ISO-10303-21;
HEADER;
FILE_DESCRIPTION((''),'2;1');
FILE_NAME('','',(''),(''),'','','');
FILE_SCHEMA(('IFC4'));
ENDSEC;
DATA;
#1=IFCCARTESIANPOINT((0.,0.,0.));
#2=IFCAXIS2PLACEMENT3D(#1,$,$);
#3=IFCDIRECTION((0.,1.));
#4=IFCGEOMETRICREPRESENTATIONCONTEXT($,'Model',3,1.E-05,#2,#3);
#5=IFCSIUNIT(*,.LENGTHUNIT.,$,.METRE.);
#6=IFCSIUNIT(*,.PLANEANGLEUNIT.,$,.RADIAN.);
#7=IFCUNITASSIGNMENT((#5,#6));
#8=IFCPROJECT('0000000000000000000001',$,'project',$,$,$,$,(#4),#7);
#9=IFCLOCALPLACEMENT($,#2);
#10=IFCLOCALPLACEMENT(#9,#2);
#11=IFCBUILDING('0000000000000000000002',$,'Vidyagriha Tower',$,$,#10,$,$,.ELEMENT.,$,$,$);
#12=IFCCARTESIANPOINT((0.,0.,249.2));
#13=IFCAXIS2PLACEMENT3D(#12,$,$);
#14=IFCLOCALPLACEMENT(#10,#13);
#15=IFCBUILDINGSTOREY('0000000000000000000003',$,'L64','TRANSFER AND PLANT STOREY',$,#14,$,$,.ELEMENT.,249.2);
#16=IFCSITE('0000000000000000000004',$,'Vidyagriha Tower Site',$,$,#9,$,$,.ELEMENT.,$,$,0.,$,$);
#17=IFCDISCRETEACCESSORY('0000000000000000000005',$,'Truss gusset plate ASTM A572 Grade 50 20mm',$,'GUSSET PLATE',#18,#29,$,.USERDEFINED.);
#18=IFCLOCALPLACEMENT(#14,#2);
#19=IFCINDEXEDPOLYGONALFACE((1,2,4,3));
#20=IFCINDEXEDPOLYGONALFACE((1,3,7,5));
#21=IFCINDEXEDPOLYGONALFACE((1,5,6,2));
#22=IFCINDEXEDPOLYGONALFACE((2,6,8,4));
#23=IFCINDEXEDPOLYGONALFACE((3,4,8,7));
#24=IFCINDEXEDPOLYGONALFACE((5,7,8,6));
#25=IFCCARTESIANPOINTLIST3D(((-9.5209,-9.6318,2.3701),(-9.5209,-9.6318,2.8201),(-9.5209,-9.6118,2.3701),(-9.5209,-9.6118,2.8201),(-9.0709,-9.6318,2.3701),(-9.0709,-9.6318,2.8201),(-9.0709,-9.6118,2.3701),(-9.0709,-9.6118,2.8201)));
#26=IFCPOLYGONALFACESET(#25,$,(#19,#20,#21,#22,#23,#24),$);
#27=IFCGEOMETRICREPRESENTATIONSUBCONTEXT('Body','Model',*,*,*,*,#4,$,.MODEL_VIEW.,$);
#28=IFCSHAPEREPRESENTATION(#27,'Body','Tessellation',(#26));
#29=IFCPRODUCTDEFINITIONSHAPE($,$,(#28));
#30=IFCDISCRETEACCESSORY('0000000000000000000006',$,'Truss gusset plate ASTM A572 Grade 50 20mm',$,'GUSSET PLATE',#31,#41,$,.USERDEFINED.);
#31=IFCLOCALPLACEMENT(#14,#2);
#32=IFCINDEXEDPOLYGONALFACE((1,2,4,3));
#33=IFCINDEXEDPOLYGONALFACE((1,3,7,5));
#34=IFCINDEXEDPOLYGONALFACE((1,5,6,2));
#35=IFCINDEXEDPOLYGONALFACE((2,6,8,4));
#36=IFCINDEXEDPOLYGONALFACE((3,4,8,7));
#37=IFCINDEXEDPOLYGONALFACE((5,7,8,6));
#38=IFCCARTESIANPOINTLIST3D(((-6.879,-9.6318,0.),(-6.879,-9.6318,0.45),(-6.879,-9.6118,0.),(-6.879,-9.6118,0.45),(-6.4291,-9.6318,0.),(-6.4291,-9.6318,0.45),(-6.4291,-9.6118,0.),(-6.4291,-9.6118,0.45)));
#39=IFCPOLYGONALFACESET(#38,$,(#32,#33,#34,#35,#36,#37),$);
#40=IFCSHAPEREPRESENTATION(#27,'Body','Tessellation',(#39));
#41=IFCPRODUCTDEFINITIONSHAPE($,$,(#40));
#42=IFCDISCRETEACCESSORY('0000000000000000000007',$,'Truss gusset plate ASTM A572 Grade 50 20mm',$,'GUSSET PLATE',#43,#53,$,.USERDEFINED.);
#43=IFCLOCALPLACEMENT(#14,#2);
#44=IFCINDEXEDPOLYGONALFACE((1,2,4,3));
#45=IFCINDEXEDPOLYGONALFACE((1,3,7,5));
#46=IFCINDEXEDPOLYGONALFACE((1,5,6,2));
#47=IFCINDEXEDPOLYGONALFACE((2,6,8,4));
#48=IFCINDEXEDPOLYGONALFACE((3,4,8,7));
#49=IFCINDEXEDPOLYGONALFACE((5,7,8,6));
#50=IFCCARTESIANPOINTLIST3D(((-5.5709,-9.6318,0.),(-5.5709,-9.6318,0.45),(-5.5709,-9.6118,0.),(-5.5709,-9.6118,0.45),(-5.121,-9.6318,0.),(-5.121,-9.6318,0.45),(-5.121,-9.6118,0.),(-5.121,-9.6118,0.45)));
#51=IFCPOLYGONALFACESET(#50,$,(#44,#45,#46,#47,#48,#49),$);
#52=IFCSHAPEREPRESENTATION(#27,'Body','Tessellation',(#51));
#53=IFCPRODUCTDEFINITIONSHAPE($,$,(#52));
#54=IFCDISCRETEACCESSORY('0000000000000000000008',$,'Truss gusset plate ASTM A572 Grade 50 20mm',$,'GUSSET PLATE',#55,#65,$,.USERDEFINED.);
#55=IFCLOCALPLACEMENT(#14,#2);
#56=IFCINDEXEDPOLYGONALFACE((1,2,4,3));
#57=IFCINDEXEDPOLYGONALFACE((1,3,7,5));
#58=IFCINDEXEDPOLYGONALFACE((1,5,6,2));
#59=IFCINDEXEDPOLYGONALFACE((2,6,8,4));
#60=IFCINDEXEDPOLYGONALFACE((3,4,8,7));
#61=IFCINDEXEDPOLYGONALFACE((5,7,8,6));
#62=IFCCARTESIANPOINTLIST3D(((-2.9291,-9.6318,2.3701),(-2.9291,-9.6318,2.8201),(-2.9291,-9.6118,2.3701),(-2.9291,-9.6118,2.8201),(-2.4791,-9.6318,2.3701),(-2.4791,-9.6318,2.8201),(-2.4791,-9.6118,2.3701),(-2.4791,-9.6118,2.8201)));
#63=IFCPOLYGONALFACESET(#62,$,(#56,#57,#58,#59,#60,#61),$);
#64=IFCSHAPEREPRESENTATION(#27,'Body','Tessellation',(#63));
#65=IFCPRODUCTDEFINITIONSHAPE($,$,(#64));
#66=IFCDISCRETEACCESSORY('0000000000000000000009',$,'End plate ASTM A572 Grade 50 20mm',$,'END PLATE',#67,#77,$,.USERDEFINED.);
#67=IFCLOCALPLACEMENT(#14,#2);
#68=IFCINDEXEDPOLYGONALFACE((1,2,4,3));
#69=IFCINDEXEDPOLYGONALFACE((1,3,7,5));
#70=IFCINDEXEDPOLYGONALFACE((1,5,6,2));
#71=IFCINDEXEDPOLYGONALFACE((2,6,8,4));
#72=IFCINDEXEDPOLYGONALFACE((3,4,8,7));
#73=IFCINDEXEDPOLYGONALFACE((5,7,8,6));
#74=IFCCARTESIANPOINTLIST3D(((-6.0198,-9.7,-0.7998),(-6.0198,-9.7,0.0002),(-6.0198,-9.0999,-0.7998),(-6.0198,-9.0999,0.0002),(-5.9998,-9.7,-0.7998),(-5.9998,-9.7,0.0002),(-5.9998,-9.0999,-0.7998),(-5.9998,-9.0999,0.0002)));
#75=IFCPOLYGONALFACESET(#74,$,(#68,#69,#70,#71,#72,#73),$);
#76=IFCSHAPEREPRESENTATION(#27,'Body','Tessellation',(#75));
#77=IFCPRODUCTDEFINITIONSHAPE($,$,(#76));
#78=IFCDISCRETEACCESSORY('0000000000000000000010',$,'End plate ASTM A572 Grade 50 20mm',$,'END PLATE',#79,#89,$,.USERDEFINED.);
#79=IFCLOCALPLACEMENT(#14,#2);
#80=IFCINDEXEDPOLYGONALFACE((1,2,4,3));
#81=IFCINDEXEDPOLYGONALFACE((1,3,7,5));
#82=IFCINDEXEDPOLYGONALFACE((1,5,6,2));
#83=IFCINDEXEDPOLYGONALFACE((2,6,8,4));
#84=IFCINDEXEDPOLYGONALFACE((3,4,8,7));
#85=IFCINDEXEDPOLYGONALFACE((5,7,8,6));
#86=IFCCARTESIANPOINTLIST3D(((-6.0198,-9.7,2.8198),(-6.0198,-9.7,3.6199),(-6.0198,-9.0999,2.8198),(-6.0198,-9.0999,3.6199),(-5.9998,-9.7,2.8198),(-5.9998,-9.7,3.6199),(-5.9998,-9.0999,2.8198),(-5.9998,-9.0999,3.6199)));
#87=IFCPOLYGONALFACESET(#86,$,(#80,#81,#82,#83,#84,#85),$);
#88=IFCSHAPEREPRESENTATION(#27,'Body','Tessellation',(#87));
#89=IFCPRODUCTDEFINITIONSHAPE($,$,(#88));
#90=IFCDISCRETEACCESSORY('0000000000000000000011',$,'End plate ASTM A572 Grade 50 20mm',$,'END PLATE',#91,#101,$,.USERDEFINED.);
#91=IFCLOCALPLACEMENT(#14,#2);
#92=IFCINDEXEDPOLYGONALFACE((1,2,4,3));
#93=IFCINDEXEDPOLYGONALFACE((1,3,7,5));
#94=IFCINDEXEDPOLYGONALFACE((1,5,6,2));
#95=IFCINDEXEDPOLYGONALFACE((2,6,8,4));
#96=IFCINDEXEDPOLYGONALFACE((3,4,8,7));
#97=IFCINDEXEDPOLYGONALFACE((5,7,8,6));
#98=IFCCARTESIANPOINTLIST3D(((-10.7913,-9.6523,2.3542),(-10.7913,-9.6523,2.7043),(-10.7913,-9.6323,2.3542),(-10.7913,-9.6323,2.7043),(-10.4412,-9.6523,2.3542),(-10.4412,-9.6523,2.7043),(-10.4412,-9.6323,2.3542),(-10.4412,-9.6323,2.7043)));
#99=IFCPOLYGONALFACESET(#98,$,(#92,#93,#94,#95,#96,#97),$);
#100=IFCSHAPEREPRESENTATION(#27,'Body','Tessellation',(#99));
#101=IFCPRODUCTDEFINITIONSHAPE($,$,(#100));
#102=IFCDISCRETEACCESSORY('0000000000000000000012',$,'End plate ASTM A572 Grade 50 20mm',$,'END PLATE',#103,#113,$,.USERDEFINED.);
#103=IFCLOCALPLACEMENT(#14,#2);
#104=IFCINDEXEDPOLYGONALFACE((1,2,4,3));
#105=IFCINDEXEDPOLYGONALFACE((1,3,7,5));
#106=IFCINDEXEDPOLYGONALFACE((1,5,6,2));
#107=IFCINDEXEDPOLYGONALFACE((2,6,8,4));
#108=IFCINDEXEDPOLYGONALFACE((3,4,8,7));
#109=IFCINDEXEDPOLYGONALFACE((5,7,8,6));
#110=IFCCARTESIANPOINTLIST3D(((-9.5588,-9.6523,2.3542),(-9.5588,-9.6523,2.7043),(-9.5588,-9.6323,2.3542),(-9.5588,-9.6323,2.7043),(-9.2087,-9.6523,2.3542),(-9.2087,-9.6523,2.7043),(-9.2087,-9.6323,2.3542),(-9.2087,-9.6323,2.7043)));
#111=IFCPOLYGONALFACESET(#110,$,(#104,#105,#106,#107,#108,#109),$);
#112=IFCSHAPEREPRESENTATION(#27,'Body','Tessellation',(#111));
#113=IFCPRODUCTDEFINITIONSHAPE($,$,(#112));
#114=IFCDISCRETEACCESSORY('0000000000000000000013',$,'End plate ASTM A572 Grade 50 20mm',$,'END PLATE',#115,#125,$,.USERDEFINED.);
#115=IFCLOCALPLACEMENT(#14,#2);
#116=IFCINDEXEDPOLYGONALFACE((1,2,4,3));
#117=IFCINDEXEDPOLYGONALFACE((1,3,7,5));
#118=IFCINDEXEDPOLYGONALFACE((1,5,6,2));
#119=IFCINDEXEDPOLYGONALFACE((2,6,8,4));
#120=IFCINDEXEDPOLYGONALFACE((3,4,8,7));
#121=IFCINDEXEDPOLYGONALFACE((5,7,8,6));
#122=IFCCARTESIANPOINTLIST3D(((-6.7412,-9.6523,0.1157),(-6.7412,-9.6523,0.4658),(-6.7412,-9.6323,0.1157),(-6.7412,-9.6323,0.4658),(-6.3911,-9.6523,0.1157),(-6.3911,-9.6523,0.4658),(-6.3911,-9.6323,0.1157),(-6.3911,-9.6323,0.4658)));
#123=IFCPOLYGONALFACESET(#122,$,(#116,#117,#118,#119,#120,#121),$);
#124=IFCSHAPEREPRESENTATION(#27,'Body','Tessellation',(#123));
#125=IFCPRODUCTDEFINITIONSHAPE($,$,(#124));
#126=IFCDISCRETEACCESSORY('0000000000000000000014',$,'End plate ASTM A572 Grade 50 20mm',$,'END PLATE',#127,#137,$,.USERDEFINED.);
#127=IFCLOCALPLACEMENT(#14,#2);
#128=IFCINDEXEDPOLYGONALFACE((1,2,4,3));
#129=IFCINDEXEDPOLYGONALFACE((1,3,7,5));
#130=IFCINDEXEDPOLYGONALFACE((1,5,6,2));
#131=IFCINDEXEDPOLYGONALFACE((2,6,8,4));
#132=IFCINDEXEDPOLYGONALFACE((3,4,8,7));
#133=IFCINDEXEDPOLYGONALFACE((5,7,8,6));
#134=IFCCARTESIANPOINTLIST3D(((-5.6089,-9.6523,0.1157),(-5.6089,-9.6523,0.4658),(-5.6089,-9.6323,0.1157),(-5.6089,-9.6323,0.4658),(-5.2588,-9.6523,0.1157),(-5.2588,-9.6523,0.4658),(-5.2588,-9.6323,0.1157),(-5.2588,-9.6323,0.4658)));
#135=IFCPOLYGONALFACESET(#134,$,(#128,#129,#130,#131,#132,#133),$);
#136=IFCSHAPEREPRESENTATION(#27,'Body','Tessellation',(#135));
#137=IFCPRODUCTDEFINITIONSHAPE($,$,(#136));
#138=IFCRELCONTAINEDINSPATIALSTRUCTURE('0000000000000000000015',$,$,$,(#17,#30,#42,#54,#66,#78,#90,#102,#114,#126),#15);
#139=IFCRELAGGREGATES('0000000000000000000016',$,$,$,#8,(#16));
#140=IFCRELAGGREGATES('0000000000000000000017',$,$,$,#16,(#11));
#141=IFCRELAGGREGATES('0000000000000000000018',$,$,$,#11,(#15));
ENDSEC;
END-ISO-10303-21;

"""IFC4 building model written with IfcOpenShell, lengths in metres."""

from ifc_helpers import new_model, si_unit, direction, frame, origin, origin_2d, place, context, subcontext, project, spatial, rectangle, extrude, element, save


model = new_model("IFC4")

# Units and contexts
model_context = context("Model", 3, precision=1e-05, world=origin(), true_north=direction((0.0, 1.0)))
body_context = subcontext(model_context, "Body", "Model", "MODEL_VIEW")
ifc_project = project(units=[si_unit("LENGTHUNIT", "METRE"), si_unit("PLANEANGLEUNIT", "RADIAN")], contexts=[model_context])

# Site, building, storey
site_placement = place(None, origin())
site = spatial("IfcSite", under=ifc_project, at=site_placement, Name="Vidyagriha Tower Site", CompositionType="ELEMENT", RefElevation=0.0)
building_placement = place(site_placement, origin())
building = spatial("IfcBuilding", under=site, at=building_placement, Name="Vidyagriha Tower", CompositionType="ELEMENT")
storey_placement = place(building_placement, frame((0.0, 0.0, 249.2)))
storey = spatial("IfcBuildingStorey", under=building, at=storey_placement, Name="L64", Description="TRANSFER AND PLANT STOREY", CompositionType="ELEMENT", Elevation=249.2)

# Discrete accessories
for number, where, name in (
    (1, (-9.2959, -9.6218, 2.3701), "Truss gusset plate ASTM A572 Grade 50 20mm"),
    (2, (-6.6541, -9.6218, 0.0), "Truss gusset plate ASTM A572 Grade 50 20mm"),
    (3, (-5.3459, -9.6218, 0.0), "Truss gusset plate ASTM A572 Grade 50 20mm"),
    (4, (-2.7041, -9.6218, 2.3701), "Truss gusset plate ASTM A572 Grade 50 20mm"),
):
    element("IfcDiscreteAccessory", number, at=place(storey_placement, frame(where)), inside=storey, Name=name, ObjectType="GUSSET PLATE", PredefinedType="USERDEFINED", context=body_context, shape_type="SweptSolid", body=[
        extrude(rectangle(XDim=0.45, YDim=0.02, at=origin_2d()), origin(), (0.0, 0.0, 1.0), 0.45),
    ])
for number, where, name in (
    (5, (-6.0098, -9.3999, -0.7998), "End plate ASTM A572 Grade 50 20mm"),
    (6, (-6.0098, -9.3999, 2.8198), "End plate ASTM A572 Grade 50 20mm"),
):
    element("IfcDiscreteAccessory", number, at=place(storey_placement, frame(where)), inside=storey, Name=name, ObjectType="END PLATE", PredefinedType="USERDEFINED", context=body_context, shape_type="SweptSolid", body=[
        extrude(rectangle(XDim=0.02, YDim=0.6001, at=origin_2d()), origin(), (0.0, 0.0, 1.0), 0.8),
    ])
discrete_accessory_1_placement = place(storey_placement, frame((-10.6162, -9.6423, 2.3542)))
element("IfcDiscreteAccessory", 7, at=discrete_accessory_1_placement, inside=storey, Name="End plate ASTM A572 Grade 50 20mm", ObjectType="END PLATE", PredefinedType="USERDEFINED", context=body_context, shape_type="SweptSolid", body=[
    extrude(rectangle(XDim=0.3501, YDim=0.02, at=origin_2d()), origin(), (0.0, 0.0, 1.0), 0.3501),
])
discrete_accessory_2_placement = place(storey_placement, frame((-9.3838, -9.6423, 2.3542), z_axis=(0.0, 0.0, 1.0), x_axis=(-1.0, 0.0, 0.0)))
element("IfcDiscreteAccessory", 8, at=discrete_accessory_2_placement, inside=storey, Name="End plate ASTM A572 Grade 50 20mm", ObjectType="END PLATE", PredefinedType="USERDEFINED", context=body_context, shape_type="SweptSolid", body=[
    extrude(rectangle(XDim=0.3501, YDim=0.02, at=origin_2d()), origin(), (0.0, 0.0, 1.0), 0.3501),
])
discrete_accessory_3_placement = place(storey_placement, frame((-6.5662, -9.6423, 0.1157)))
element("IfcDiscreteAccessory", 9, at=discrete_accessory_3_placement, inside=storey, Name="End plate ASTM A572 Grade 50 20mm", ObjectType="END PLATE", PredefinedType="USERDEFINED", context=body_context, shape_type="SweptSolid", body=[
    extrude(rectangle(XDim=0.3501, YDim=0.02, at=origin_2d()), origin(), (0.0, 0.0, 1.0), 0.3501),
])
discrete_accessory_4_placement = place(storey_placement, frame((-5.4338, -9.6423, 0.1157), z_axis=(0.0, 0.0, 1.0), x_axis=(-1.0, 0.0, 0.0)))
element("IfcDiscreteAccessory", 10, at=discrete_accessory_4_placement, inside=storey, Name="End plate ASTM A572 Grade 50 20mm", ObjectType="END PLATE", PredefinedType="USERDEFINED", context=body_context, shape_type="SweptSolid", body=[
    extrude(rectangle(XDim=0.3501, YDim=0.02, at=origin_2d()), origin(), (0.0, 0.0, 1.0), 0.3501),
])

save(model, "model.ifc")
